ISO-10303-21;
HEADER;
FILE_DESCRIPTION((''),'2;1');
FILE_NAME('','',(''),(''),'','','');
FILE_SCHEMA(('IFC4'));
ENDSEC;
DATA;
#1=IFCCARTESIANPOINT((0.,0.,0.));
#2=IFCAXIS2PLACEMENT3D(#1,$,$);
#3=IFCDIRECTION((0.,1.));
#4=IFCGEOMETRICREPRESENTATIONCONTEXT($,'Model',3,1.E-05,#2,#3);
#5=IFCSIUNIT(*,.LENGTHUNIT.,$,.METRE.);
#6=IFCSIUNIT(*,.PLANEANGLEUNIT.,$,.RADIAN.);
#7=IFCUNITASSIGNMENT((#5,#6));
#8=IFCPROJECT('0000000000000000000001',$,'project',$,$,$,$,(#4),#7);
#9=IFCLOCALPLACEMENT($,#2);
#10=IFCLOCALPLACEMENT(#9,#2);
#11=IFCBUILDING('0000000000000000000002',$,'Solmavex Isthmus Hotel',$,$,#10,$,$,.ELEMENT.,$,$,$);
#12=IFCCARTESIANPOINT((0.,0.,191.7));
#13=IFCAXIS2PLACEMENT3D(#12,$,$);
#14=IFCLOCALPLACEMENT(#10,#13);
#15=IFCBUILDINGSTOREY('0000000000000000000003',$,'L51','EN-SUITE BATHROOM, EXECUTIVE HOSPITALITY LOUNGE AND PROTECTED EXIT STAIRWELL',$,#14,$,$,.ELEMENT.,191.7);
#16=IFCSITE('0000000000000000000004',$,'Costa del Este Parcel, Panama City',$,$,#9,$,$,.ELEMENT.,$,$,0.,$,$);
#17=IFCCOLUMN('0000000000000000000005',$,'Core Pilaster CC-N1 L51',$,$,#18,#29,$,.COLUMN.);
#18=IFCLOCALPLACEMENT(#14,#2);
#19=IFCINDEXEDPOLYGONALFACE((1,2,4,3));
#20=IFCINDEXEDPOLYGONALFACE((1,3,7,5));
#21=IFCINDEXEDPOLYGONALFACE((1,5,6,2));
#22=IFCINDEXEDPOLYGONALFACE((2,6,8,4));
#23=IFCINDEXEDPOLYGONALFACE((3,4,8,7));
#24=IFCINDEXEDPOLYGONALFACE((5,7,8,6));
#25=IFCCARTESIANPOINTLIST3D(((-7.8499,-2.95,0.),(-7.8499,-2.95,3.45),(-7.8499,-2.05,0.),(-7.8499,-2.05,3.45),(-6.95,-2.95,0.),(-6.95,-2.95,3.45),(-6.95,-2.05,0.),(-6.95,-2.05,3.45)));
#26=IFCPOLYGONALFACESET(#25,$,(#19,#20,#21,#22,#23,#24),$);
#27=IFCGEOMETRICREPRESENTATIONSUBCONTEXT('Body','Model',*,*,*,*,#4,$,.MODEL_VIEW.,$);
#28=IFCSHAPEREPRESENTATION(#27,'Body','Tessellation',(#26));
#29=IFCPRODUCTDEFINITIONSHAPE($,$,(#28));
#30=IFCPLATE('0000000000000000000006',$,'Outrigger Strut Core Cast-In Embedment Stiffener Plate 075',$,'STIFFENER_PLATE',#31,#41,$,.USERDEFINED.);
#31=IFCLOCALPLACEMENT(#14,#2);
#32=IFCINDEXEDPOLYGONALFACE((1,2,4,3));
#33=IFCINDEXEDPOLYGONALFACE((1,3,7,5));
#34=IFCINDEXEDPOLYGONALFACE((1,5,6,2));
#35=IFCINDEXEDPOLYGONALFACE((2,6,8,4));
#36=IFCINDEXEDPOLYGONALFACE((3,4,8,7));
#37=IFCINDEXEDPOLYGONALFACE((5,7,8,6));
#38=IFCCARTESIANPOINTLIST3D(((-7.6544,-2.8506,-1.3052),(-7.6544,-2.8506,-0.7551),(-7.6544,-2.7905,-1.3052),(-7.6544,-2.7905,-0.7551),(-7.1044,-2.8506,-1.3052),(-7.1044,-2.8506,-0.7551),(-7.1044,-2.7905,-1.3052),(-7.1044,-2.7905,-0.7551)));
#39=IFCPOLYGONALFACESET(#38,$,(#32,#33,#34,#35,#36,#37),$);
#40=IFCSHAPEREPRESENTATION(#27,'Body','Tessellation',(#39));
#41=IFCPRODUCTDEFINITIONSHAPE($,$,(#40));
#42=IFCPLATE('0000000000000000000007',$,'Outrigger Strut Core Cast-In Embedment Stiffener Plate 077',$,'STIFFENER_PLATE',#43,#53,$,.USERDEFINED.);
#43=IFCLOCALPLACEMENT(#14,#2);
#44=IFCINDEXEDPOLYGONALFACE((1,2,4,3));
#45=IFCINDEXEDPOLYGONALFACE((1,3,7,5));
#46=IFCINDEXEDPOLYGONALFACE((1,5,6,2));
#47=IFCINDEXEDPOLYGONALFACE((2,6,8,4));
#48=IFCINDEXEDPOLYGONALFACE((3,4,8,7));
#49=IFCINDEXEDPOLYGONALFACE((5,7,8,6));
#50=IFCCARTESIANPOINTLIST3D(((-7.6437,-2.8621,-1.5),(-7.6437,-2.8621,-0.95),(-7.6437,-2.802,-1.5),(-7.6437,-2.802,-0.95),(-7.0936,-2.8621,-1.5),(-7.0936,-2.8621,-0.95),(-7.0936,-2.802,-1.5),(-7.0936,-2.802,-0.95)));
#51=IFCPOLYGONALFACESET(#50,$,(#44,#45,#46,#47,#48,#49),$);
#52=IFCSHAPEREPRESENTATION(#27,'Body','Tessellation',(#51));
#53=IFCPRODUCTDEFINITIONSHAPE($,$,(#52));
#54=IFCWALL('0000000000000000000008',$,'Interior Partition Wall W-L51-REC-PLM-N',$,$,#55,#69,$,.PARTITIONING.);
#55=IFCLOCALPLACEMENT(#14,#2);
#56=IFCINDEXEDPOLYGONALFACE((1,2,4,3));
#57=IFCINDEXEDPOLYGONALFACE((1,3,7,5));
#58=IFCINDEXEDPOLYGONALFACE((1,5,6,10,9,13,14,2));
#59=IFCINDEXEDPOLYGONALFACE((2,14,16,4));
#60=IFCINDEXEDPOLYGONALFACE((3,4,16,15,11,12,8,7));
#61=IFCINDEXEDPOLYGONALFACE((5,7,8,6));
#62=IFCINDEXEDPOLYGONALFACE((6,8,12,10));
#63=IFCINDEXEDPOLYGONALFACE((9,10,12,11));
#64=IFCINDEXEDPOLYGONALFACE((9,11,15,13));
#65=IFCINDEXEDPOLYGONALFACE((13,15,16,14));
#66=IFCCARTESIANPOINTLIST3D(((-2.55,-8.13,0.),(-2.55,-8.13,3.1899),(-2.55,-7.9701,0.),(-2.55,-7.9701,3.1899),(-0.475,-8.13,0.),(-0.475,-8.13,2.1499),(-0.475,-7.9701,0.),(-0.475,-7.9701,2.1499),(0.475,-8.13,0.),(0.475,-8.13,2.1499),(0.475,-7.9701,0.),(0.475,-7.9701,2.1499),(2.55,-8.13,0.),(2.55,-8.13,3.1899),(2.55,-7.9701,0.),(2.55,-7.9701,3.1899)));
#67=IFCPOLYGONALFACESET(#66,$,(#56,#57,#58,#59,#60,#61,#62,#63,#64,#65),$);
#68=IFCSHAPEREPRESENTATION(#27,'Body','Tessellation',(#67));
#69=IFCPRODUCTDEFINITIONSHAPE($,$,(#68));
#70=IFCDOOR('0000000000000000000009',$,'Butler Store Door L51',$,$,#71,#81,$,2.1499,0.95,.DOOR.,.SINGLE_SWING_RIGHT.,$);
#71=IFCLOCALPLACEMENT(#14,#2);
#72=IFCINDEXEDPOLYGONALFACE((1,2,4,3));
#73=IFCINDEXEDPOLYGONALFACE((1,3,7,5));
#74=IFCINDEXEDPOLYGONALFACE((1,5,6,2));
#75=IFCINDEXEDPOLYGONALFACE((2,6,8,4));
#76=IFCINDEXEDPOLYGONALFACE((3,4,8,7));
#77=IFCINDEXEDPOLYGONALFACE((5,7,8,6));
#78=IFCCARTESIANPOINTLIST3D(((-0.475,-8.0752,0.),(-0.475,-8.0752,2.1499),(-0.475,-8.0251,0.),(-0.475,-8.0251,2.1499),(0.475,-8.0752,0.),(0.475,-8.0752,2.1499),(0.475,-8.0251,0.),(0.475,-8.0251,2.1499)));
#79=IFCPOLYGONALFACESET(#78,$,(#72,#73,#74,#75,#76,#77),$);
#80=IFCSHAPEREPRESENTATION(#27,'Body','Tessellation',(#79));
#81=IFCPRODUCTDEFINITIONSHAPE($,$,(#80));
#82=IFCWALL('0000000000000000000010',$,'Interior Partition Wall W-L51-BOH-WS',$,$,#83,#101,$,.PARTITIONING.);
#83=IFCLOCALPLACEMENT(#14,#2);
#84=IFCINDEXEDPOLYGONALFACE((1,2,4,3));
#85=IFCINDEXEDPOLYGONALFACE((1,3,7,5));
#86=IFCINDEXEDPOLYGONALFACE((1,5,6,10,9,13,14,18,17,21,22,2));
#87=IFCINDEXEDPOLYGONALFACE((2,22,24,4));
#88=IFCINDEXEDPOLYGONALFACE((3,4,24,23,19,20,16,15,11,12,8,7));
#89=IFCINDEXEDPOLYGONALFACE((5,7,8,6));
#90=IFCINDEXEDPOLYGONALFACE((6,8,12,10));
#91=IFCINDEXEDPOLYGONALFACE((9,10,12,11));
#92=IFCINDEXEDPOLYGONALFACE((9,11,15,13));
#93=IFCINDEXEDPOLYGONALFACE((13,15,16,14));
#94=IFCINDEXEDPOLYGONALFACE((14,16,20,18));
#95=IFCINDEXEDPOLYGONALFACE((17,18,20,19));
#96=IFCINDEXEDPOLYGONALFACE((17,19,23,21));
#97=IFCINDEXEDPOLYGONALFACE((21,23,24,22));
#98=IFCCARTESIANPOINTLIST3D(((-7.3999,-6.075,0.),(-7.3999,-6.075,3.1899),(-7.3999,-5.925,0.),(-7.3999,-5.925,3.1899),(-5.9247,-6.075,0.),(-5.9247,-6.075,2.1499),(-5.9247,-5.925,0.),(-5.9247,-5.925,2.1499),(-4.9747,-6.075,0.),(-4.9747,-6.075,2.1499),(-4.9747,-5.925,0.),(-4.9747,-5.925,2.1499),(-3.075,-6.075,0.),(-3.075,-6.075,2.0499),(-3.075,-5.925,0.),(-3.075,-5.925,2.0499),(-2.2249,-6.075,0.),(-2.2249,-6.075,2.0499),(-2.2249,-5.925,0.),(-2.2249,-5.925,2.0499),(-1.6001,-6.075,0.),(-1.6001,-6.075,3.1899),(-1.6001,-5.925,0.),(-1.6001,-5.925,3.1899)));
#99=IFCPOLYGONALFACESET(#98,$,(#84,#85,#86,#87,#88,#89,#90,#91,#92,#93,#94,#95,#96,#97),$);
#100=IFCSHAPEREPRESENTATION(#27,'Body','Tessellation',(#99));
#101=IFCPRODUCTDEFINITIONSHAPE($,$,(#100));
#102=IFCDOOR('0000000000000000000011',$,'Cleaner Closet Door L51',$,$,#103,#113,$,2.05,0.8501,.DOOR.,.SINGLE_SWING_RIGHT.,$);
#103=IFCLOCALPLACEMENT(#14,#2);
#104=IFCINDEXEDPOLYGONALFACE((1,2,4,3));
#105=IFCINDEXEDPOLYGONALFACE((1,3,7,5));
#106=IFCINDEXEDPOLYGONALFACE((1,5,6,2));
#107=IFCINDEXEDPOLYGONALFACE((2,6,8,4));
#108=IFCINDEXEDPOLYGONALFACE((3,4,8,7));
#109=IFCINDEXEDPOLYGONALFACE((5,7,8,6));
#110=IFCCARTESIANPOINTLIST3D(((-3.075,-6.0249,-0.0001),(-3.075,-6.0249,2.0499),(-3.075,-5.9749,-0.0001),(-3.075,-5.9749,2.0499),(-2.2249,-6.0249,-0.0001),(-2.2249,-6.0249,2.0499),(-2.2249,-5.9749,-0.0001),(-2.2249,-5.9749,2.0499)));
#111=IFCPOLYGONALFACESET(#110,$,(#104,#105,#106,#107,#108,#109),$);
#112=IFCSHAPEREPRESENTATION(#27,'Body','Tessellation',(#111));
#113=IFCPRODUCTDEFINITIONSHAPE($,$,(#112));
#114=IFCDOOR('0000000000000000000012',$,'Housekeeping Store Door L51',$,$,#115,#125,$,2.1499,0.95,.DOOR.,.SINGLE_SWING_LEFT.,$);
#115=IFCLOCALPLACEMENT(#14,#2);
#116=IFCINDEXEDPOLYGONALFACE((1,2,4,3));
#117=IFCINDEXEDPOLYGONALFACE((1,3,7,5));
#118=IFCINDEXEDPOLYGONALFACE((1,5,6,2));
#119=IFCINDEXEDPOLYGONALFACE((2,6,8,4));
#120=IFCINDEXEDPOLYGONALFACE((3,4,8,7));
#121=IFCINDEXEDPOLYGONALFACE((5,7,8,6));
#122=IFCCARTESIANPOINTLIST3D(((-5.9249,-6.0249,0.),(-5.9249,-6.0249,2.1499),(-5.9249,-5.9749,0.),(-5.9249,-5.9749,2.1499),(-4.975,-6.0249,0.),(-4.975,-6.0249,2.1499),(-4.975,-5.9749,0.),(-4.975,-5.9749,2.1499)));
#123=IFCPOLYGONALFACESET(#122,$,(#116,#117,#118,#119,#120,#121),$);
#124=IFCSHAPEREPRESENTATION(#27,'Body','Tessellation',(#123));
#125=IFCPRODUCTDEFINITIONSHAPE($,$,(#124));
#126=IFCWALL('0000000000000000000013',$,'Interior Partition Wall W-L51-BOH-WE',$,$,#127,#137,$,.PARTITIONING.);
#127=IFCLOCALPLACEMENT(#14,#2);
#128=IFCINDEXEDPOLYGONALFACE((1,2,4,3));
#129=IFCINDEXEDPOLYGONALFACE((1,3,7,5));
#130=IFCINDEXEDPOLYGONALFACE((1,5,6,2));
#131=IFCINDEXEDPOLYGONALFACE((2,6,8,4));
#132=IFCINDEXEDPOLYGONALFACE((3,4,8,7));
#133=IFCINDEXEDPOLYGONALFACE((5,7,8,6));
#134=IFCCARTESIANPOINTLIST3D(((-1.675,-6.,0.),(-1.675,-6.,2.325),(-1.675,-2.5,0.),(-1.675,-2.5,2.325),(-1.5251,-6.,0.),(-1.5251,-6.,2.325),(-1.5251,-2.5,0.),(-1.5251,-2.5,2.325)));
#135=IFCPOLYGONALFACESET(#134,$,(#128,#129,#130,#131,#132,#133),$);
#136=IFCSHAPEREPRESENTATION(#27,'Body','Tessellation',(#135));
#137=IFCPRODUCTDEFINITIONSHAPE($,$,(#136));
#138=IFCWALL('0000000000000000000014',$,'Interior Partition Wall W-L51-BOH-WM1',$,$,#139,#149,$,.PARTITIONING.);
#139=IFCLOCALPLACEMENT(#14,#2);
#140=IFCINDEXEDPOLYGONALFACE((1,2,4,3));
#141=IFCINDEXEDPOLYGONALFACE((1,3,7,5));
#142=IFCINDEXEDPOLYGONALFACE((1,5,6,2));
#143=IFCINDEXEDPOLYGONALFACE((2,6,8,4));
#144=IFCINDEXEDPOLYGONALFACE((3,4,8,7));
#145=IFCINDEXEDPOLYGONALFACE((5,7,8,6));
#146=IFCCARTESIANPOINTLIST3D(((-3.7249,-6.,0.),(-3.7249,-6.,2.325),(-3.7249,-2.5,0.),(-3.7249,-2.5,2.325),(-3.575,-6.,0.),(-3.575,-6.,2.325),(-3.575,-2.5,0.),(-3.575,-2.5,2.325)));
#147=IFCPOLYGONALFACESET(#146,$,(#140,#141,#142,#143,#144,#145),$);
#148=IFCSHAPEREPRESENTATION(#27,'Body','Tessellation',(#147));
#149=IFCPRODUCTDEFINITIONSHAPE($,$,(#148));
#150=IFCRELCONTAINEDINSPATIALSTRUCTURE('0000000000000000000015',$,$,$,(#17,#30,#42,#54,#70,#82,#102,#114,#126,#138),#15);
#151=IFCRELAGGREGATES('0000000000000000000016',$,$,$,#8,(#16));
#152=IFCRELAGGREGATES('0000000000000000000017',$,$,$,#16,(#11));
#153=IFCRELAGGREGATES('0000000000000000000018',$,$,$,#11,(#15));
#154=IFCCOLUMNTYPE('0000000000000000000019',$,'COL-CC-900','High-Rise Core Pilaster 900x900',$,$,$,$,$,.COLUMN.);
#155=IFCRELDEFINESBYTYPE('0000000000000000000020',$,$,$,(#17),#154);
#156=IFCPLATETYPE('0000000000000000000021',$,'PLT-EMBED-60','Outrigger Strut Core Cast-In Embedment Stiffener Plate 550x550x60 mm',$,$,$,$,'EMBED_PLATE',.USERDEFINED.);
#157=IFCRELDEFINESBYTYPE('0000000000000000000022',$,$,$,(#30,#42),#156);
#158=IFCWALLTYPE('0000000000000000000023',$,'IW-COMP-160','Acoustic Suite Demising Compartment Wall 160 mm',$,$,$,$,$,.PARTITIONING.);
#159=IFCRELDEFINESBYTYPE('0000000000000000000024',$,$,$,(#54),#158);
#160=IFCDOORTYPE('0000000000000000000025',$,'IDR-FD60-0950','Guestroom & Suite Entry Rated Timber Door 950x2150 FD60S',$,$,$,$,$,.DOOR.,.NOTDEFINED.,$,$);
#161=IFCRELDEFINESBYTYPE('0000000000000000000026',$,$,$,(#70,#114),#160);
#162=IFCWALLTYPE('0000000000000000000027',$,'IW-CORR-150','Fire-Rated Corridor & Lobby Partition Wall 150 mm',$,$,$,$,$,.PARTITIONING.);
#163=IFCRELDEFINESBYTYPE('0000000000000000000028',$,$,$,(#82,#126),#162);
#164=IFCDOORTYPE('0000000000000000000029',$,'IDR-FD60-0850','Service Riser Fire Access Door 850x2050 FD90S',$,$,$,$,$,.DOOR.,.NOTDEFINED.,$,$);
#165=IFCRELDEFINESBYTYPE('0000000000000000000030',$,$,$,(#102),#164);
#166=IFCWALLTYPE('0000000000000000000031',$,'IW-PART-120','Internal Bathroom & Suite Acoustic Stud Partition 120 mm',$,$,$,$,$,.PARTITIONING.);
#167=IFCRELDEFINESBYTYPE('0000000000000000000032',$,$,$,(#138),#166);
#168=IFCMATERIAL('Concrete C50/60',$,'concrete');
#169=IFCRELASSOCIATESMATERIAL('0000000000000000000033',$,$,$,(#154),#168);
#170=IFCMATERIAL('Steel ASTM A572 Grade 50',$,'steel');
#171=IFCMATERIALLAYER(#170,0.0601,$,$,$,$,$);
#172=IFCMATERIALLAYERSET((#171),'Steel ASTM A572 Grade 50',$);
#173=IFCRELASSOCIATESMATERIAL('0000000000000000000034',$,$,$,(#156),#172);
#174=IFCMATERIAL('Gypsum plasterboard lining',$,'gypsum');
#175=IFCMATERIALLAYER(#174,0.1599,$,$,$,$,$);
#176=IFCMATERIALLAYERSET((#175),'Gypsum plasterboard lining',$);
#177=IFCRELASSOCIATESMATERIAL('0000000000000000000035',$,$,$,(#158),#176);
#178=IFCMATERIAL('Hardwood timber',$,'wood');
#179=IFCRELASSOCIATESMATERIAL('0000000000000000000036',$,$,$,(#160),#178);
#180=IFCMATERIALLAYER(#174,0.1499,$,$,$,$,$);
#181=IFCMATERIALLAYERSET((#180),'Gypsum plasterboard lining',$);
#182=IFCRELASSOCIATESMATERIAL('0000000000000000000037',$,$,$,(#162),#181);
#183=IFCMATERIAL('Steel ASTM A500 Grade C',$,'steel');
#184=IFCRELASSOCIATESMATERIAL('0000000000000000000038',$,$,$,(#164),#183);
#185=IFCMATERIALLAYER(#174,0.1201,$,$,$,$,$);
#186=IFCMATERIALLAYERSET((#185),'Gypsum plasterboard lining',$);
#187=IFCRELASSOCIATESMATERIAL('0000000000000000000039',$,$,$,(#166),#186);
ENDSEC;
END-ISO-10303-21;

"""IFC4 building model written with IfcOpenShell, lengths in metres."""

from ifc_helpers import new_model, si_unit, direction, frame, frame_2d, origin, origin_2d, place, context, subcontext, project, spatial, rectangle, extrude, material, layer, layer_set, material_profile, profile_set, type_object, element, fill, save


model = new_model("IFC4")

# Units and contexts
model_context = context("Model", 3, precision=1e-05, world=origin(), true_north=direction((0.0, 1.0)))
body_context = subcontext(model_context, "Body", "Model", "MODEL_VIEW")
ifc_project = project(units=[si_unit("LENGTHUNIT", "METRE"), si_unit("PLANEANGLEUNIT", "RADIAN")], contexts=[model_context])

# Site, building, storey
site_placement = place(None, origin())
site = spatial("IfcSite", under=ifc_project, at=site_placement, Name="Costa del Este Parcel, Panama City", CompositionType="ELEMENT", RefElevation=0.0)
building_placement = place(site_placement, origin())
building = spatial("IfcBuilding", under=site, at=building_placement, Name="Solmavex Isthmus Hotel", CompositionType="ELEMENT")
storey_placement = place(building_placement, frame((0.0, 0.0, 191.7)))
storey = spatial("IfcBuildingStorey", under=building, at=storey_placement, Name="L51", Description="EN-SUITE BATHROOM, EXECUTIVE HOSPITALITY LOUNGE AND PROTECTED EXIT STAIRWELL", CompositionType="ELEMENT", Elevation=191.7)

# Column
ifc_material_1 = material(Name="Concrete C50/60", Category="concrete")
ifc_material_profile = material_profile(ifc_material_1, rectangle(XDim=0.8999, YDim=0.8999, at=origin_2d()), Name="RC900X900")
ifc_profile_set = profile_set([ifc_material_profile], Name="Concrete C50/60")
column_type = type_object("IfcColumnType", Name="COL-CC-900", Description="High-Rise Core Pilaster 900x900", PredefinedType="COLUMN", material=ifc_profile_set)
column_placement = place(storey_placement, frame((-7.3999, -2.5, 0.0), z_axis=(0.0, 0.0, 1.0), x_axis=(1.0, 0.0, 0.0)))
element("IfcColumn", 1, at=column_placement, inside=storey, type_object=column_type, Name="Core Pilaster CC-N1 L51", PredefinedType="COLUMN", context=body_context, shape_type="SweptSolid", body=[
    extrude(rectangle(XDim=0.8999, YDim=0.8999, at=origin_2d()), origin(), (0.0, 0.0, 1.0), 3.45),
])

# Plates
ifc_material_2 = material(Name="Steel ASTM A572 Grade 50", Category="steel")
ifc_layer_1 = layer(ifc_material_2, 0.0601)
ifc_layer_set_1 = layer_set([ifc_layer_1], Name="Steel ASTM A572 Grade 50")
plate_type = type_object("IfcPlateType", Name="PLT-EMBED-60", Description="Outrigger Strut Core Cast-In Embedment Stiffener Plate 550x550x60 mm", ElementType="EMBED_PLATE", PredefinedType="USERDEFINED", material=ifc_layer_set_1)
for number, where, z_axis, x_axis, name in (
    (2, (-7.3794, -2.8206, -1.3052), (0.0, 0.0, 1.0), (1.0, 0.0, 0.0), "Outrigger Strut Core Cast-In Embedment Stiffener Plate 075"),
    (3, (-7.3687, -2.832, -1.5), (0.0, 0.0, 1.0), (1.0, 0.0, 0.0), "Outrigger Strut Core Cast-In Embedment Stiffener Plate 077"),
):
    element("IfcPlate", number, at=place(storey_placement, frame(where, z_axis=z_axis, x_axis=x_axis)), inside=storey, type_object=plate_type, Name=name, ObjectType="STIFFENER_PLATE", PredefinedType="USERDEFINED", context=body_context, shape_type="SweptSolid", body=[
        extrude(rectangle(XDim=0.55, YDim=0.0601, at=origin_2d()), origin(), (0.0, 0.0, 1.0), 0.55),
    ])

# Wall, opening, door
ifc_material_3 = material(Name="Gypsum plasterboard lining", Category="gypsum")
ifc_layer_2 = layer(ifc_material_3, 0.1599)
ifc_layer_set_2 = layer_set([ifc_layer_2], Name="Gypsum plasterboard lining")
wall_type_1 = type_object("IfcWallType", Name="IW-COMP-160", Description="Acoustic Suite Demising Compartment Wall 160 mm", PredefinedType="PARTITIONING", material=ifc_layer_set_2)
ifc_material_4 = material(Name="Hardwood timber", Category="wood")
door_type_1 = type_object("IfcDoorType", Name="IDR-FD60-0950", Description="Guestroom & Suite Entry Rated Timber Door 950x2150 FD60S", OperationType="NOTDEFINED", PredefinedType="DOOR", material=ifc_material_4)
wall_1_placement = place(storey_placement, frame((-2.55, -8.05, 0.0), z_axis=(0.0, 0.0, 1.0), x_axis=(1.0, 0.0, 0.0)))
wall_1 = element("IfcWall", 4, at=wall_1_placement, inside=storey, type_object=wall_type_1, Name="Interior Partition Wall W-L51-REC-PLM-N", PredefinedType="PARTITIONING", context=body_context, shape_type="SweptSolid", body=[
    extrude(rectangle(XDim=5.1001, YDim=0.1599, at=frame_2d((2.55, 0.0))), origin(), (0.0, 0.0, 1.0), 3.1899),
])
opening_1_placement = place(wall_1_placement, frame((2.075, 0.0, 0.0)))
opening_1 = element("IfcOpeningElement", 5, at=opening_1_placement, cuts=wall_1, PredefinedType="OPENING", context=body_context, shape_type="SweptSolid", body=[
    extrude(rectangle(XDim=0.95, YDim=2.1499, at=frame_2d((0.4751, 1.075))), frame((0.0, 0.0898, 0.0), z_axis=(0.0, -1.0, 0.0), x_axis=(1.0, 0.0, 0.0)), (0.0, 0.0, 1.0), 0.1799),
])
door_1_placement = place(opening_1_placement, origin())
door_1 = element("IfcDoor", 6, at=door_1_placement, inside=storey, type_object=door_type_1, Name="Butler Store Door L51", OperationType="SINGLE_SWING_RIGHT", OverallHeight=2.1499, OverallWidth=0.95, PredefinedType="DOOR", context=body_context, shape_type="SweptSolid", body=[
    extrude(rectangle(XDim=0.95, YDim=2.1499, at=frame_2d((0.4751, 1.075))), frame((0.0, 0.0249, 0.0), z_axis=(0.0, -1.0, 0.0), x_axis=(1.0, 0.0, 0.0)), (0.0, 0.0, 1.0), 0.05),
])
fill(opening_1, door_1)

# Wall, openings, doors
ifc_layer_3 = layer(ifc_material_3, 0.1499)
ifc_layer_set_3 = layer_set([ifc_layer_3], Name="Gypsum plasterboard lining")
wall_type_2 = type_object("IfcWallType", Name="IW-CORR-150", Description="Fire-Rated Corridor & Lobby Partition Wall 150 mm", PredefinedType="PARTITIONING", material=ifc_layer_set_3)
wall_2_placement = place(storey_placement, frame((-7.3999, -6.0, 0.0), z_axis=(0.0, 0.0, 1.0), x_axis=(1.0, 0.0, 0.0)))
wall_2 = element("IfcWall", 7, at=wall_2_placement, inside=storey, type_object=wall_type_2, Name="Interior Partition Wall W-L51-BOH-WS", PredefinedType="PARTITIONING", context=body_context, shape_type="SweptSolid", body=[
    extrude(rectangle(XDim=5.7998, YDim=0.1499, at=frame_2d((2.8999, 0.0))), origin(), (0.0, 0.0, 1.0), 3.1899),
])
opening_2_placement = place(wall_2_placement, frame((1.4751, 0.0, 0.0)))
opening_2 = element("IfcOpeningElement", 8, at=opening_2_placement, cuts=wall_2, PredefinedType="OPENING", context=body_context, shape_type="SweptSolid", body=[
    extrude(rectangle(XDim=0.95, YDim=2.1499, at=frame_2d((0.4751, 1.075))), frame((0.0, 0.085, 0.0), z_axis=(0.0, -1.0, 0.0), x_axis=(1.0, 0.0, 0.0)), (0.0, 0.0, 1.0), 0.1699),
])
opening_3_placement = place(wall_2_placement, frame((4.325, 0.0, 0.0)))
opening_3 = element("IfcOpeningElement", 9, at=opening_3_placement, cuts=wall_2, PredefinedType="OPENING", context=body_context, shape_type="SweptSolid", body=[
    extrude(rectangle(XDim=0.8501, YDim=2.05, at=frame_2d((0.425, 1.0249))), frame((0.0, 0.085, 0.0), z_axis=(0.0, -1.0, 0.0), x_axis=(1.0, 0.0, 0.0)), (0.0, 0.0, 1.0), 0.1699),
])
ifc_material_5 = material(Name="Steel ASTM A500 Grade C", Category="steel")
door_type_2 = type_object("IfcDoorType", Name="IDR-FD60-0850", Description="Service Riser Fire Access Door 850x2050 FD90S", OperationType="NOTDEFINED", PredefinedType="DOOR", material=ifc_material_5)
door_2_placement = place(opening_3_placement, frame((0.8501, 0.0, 0.0), z_axis=(0.0, 0.0, 1.0), x_axis=(-1.0, 0.0, 0.0)))
door_2 = element("IfcDoor", 10, at=door_2_placement, inside=storey, type_object=door_type_2, Name="Cleaner Closet Door L51", OperationType="SINGLE_SWING_RIGHT", OverallHeight=2.05, OverallWidth=0.8501, PredefinedType="DOOR", context=body_context, shape_type="SweptSolid", body=[
    extrude(rectangle(XDim=0.8501, YDim=2.05, at=frame_2d((0.425, 1.0249))), frame((0.0, 0.0249, 0.0), z_axis=(0.0, -1.0, 0.0), x_axis=(1.0, 0.0, 0.0)), (0.0, 0.0, 1.0), 0.05),
])
fill(opening_3, door_2)
door_3_placement = place(opening_2_placement, frame((0.95, 0.0, 0.0), z_axis=(0.0, 0.0, 1.0), x_axis=(-1.0, 0.0, 0.0)))
door_3 = element("IfcDoor", 11, at=door_3_placement, inside=storey, type_object=door_type_1, Name="Housekeeping Store Door L51", OperationType="SINGLE_SWING_LEFT", OverallHeight=2.1499, OverallWidth=0.95, PredefinedType="DOOR", context=body_context, shape_type="SweptSolid", body=[
    extrude(rectangle(XDim=0.95, YDim=2.1499, at=frame_2d((0.4751, 1.075))), frame((0.0, 0.0249, 0.0), z_axis=(0.0, -1.0, 0.0), x_axis=(1.0, 0.0, 0.0)), (0.0, 0.0, 1.0), 0.05),
])
fill(opening_2, door_3)

# Walls
wall_3_placement = place(storey_placement, frame((-1.6001, -6.0, 0.0), z_axis=(0.0, 0.0, 1.0), x_axis=(0.0, 1.0, 0.0)))
element("IfcWall", 12, at=wall_3_placement, inside=storey, type_object=wall_type_2, Name="Interior Partition Wall W-L51-BOH-WE", PredefinedType="PARTITIONING", context=body_context, shape_type="SweptSolid", body=[
    extrude(rectangle(XDim=3.5, YDim=0.1499, at=frame_2d((1.75, 0.0))), origin(), (0.0, 0.0, 1.0), 2.325),
])
ifc_layer_4 = layer(ifc_material_3, 0.1201)
ifc_layer_set_4 = layer_set([ifc_layer_4], Name="Gypsum plasterboard lining")
wall_type_3 = type_object("IfcWallType", Name="IW-PART-120", Description="Internal Bathroom & Suite Acoustic Stud Partition 120 mm", PredefinedType="PARTITIONING", material=ifc_layer_set_4)
wall_4_placement = place(storey_placement, frame((-3.6499, -6.0, 0.0), z_axis=(0.0, 0.0, 1.0), x_axis=(0.0, 1.0, 0.0)))
element("IfcWall", 13, at=wall_4_placement, inside=storey, type_object=wall_type_3, Name="Interior Partition Wall W-L51-BOH-WM1", PredefinedType="PARTITIONING", context=body_context, shape_type="SweptSolid", body=[
    extrude(rectangle(XDim=3.5, YDim=0.1499, at=frame_2d((1.75, 0.0))), origin(), (0.0, 0.0, 1.0), 2.325),
])

save(model, "model.ifc")
